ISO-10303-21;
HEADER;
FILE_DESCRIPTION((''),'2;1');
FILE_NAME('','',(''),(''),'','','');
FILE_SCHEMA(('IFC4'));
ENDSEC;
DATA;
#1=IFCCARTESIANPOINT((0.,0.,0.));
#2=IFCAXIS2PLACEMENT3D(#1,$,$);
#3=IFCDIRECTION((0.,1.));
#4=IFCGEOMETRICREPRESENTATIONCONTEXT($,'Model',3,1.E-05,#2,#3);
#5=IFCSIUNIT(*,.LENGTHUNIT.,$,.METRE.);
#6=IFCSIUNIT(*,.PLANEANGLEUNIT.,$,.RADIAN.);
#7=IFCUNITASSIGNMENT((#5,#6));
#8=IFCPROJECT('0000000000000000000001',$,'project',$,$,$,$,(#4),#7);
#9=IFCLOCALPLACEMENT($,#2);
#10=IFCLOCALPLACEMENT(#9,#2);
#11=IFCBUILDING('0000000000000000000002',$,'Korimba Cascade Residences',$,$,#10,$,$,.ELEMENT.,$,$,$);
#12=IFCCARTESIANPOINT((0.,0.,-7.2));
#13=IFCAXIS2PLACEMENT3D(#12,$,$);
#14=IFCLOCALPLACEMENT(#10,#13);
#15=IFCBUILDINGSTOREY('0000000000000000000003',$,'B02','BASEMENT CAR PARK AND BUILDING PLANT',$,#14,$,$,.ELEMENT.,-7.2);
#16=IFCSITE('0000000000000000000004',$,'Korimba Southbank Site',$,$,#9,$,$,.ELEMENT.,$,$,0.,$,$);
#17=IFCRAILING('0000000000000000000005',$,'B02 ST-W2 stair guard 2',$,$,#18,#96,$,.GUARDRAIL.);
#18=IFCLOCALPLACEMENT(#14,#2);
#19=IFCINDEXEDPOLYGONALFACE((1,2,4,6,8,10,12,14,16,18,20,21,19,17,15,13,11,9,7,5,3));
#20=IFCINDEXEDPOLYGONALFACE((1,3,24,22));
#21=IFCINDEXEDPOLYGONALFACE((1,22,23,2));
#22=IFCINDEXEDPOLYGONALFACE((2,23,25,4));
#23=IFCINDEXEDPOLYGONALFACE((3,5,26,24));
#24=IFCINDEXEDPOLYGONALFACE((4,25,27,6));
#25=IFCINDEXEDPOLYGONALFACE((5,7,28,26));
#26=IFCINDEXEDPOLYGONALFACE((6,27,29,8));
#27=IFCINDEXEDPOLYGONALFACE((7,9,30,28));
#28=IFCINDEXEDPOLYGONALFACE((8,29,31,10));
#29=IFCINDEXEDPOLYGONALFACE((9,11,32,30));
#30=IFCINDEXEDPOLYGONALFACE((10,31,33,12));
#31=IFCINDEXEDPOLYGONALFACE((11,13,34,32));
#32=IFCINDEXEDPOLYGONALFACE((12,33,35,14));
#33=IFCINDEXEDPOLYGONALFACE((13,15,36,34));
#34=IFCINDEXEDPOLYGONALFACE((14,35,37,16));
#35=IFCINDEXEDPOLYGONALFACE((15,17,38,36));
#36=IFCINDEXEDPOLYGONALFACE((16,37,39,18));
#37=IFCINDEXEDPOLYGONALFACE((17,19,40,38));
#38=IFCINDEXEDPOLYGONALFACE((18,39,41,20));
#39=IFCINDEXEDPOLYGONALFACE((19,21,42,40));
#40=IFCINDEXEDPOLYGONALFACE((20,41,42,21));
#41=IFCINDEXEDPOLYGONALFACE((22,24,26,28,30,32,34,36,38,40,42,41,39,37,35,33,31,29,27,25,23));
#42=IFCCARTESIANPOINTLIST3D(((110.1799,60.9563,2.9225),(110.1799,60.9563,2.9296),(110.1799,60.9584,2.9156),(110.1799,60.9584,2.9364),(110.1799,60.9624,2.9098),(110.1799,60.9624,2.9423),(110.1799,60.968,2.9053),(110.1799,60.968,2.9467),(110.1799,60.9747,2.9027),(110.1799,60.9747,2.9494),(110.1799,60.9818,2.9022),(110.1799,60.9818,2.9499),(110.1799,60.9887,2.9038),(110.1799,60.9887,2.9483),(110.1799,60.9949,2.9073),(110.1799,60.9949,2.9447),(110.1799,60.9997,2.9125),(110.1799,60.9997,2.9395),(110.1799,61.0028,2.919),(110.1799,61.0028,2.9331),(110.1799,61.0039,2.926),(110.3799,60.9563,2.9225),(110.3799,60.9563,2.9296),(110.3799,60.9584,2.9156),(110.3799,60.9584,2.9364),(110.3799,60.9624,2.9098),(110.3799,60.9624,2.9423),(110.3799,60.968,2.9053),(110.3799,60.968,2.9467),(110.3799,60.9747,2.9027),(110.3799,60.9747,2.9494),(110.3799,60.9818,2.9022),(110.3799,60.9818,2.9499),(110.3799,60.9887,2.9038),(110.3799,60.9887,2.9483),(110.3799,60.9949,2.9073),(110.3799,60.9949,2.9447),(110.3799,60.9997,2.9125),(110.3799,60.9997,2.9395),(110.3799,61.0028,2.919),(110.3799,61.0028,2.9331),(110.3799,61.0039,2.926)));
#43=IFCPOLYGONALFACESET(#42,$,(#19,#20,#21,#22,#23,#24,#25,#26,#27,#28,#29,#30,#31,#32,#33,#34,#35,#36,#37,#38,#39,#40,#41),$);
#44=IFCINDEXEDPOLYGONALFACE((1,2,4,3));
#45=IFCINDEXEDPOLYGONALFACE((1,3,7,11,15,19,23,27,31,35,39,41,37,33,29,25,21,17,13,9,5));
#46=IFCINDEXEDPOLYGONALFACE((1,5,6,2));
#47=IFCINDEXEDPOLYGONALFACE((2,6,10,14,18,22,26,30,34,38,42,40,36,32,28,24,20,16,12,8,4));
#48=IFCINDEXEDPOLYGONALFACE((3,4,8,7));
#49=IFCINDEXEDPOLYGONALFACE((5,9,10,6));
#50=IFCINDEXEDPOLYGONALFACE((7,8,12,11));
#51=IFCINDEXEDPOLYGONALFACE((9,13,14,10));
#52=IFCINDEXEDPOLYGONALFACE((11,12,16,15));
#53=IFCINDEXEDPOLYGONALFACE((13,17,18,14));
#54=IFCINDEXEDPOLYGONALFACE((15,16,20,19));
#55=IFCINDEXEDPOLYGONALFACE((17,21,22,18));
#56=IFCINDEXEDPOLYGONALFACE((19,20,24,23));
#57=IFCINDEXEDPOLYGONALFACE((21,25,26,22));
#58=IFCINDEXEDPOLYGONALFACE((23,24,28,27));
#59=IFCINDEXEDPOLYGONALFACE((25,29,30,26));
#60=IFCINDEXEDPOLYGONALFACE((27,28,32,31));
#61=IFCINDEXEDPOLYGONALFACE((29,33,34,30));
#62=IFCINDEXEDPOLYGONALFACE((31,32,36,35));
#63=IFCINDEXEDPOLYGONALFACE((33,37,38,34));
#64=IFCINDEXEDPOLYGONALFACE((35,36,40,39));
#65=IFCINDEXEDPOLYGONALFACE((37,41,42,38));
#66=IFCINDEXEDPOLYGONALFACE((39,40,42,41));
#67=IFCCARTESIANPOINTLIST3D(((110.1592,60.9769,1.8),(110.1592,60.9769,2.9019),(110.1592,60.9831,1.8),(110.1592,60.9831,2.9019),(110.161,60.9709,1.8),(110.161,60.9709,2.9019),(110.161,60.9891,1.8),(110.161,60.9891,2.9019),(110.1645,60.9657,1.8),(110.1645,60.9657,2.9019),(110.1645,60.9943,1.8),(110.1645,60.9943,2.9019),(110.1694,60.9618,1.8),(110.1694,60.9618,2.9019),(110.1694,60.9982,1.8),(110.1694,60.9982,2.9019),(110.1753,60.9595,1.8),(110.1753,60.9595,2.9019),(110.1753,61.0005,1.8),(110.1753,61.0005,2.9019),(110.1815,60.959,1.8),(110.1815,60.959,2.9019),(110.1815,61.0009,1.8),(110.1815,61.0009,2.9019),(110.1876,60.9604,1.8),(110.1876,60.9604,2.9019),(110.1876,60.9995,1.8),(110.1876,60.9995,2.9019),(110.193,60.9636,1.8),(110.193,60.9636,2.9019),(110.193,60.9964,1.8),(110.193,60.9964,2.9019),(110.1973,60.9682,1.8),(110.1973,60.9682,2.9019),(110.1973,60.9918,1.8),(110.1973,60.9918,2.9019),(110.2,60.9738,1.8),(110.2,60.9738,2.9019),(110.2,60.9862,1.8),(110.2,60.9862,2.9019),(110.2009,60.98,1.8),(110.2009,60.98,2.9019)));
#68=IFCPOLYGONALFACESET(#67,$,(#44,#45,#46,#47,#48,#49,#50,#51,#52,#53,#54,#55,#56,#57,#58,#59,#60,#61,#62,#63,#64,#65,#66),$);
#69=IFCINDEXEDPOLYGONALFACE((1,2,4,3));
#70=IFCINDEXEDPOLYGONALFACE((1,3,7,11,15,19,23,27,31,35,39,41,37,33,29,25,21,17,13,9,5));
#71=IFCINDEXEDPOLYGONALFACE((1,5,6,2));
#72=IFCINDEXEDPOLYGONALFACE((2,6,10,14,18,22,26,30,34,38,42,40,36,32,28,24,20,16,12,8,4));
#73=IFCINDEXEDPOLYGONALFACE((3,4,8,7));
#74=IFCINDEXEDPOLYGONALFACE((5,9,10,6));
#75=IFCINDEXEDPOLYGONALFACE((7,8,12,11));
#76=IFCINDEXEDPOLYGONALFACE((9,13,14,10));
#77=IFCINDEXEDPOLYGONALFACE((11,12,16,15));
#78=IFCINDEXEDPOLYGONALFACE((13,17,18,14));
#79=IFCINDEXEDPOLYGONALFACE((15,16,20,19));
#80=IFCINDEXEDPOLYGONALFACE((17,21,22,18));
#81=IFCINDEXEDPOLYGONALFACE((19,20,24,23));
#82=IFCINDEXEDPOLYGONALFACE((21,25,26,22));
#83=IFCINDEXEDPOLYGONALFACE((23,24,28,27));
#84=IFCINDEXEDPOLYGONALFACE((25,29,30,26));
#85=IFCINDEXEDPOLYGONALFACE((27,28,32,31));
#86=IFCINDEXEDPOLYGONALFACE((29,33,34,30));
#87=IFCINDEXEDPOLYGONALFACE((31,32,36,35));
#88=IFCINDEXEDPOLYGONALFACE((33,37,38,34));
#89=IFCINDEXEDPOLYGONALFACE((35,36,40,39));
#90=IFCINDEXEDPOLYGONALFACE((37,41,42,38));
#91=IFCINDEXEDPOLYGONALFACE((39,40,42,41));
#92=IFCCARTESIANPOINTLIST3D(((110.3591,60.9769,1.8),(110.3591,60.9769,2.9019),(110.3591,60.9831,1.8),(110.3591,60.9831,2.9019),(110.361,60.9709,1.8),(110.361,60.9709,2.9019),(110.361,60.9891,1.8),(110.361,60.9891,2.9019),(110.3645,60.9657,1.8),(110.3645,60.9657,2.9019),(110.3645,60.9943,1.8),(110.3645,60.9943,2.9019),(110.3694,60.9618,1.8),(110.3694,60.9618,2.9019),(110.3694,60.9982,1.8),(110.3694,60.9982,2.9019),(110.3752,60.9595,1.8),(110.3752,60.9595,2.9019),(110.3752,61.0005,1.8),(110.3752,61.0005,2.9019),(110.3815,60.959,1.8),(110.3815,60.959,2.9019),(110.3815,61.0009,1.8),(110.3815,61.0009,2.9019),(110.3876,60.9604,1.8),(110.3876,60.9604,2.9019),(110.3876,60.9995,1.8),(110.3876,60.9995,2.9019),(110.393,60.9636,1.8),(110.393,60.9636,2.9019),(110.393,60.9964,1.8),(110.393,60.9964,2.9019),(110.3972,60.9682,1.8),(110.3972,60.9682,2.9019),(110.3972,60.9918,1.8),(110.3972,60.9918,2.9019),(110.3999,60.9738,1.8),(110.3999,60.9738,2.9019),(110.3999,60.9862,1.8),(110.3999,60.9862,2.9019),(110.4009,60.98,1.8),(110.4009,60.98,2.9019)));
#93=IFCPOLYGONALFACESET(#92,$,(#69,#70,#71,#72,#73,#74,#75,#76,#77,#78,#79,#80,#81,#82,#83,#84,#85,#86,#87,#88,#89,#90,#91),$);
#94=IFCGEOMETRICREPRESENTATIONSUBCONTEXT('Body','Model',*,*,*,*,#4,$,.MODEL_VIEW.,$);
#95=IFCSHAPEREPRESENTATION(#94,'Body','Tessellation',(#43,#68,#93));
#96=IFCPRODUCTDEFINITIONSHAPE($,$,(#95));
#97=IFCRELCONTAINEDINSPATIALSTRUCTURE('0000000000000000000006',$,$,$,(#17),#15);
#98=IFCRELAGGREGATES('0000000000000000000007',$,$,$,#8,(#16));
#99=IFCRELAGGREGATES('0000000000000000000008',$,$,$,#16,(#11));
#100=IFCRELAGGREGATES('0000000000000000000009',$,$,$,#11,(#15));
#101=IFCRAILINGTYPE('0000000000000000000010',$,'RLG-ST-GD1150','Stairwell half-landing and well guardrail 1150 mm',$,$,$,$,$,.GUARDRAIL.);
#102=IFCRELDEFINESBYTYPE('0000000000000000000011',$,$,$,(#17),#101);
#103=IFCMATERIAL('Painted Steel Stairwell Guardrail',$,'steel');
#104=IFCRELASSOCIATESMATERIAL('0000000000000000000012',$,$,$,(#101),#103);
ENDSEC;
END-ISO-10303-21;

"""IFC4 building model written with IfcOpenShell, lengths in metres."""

from ifc_helpers import new_model, si_unit, direction, frame, origin, origin_2d, place, context, subcontext, project, spatial, circle, extrude, material, type_object, element, save


model = new_model("IFC4")

# Units and contexts
model_context = context("Model", 3, precision=1e-05, world=origin(), true_north=direction((0.0, 1.0)))
body_context = subcontext(model_context, "Body", "Model", "MODEL_VIEW")
ifc_project = project(units=[si_unit("LENGTHUNIT", "METRE"), si_unit("PLANEANGLEUNIT", "RADIAN")], contexts=[model_context])

# Site, building, storey
site_placement = place(None, origin())
site = spatial("IfcSite", under=ifc_project, at=site_placement, Name="Korimba Southbank Site", CompositionType="ELEMENT", RefElevation=0.0)
building_placement = place(site_placement, origin())
building = spatial("IfcBuilding", under=site, at=building_placement, Name="Korimba Cascade Residences", CompositionType="ELEMENT")
storey_placement = place(building_placement, frame((0.0, 0.0, -7.2)))
storey = spatial("IfcBuildingStorey", under=building, at=storey_placement, Name="B02", Description="BASEMENT CAR PARK AND BUILDING PLANT", CompositionType="ELEMENT", Elevation=-7.2)

# Railing
ifc_material_1 = material(Name="Painted Steel Stairwell Guardrail", Category="steel")
railing_type_1 = type_object("IfcRailingType", Name="RLG-ST-GD1150", Description="Stairwell half-landing and well guardrail 1150 mm", PredefinedType="GUARDRAIL", material=ifc_material_1)
railing_1_placement = place(storey_placement, frame((110.1799, 60.98, 1.8)))
element("IfcRailing", 1, at=railing_1_placement, inside=storey, type_object=railing_type_1, Name="B02 ST-W2 stair guard 2", PredefinedType="GUARDRAIL", context=body_context, shape_type="SweptSolid", body=[
    extrude(circle(Radius=0.0239, at=origin_2d()), frame((0.0, 0.0, 1.126), z_axis=(1.0, 0.0, 0.0), x_axis=(0.0, 1.0, 0.0)), (0.0, 0.0, 1.0), 0.2),
    extrude(circle(Radius=0.021, at=origin_2d()), origin(), (0.0, 0.0, 1.0), 1.1018),
    extrude(circle(Radius=0.021, at=origin_2d()), frame((0.2, 0.0, 0.0)), (0.0, 0.0, 1.0), 1.1018),
])

save(model, "model.ifc")
